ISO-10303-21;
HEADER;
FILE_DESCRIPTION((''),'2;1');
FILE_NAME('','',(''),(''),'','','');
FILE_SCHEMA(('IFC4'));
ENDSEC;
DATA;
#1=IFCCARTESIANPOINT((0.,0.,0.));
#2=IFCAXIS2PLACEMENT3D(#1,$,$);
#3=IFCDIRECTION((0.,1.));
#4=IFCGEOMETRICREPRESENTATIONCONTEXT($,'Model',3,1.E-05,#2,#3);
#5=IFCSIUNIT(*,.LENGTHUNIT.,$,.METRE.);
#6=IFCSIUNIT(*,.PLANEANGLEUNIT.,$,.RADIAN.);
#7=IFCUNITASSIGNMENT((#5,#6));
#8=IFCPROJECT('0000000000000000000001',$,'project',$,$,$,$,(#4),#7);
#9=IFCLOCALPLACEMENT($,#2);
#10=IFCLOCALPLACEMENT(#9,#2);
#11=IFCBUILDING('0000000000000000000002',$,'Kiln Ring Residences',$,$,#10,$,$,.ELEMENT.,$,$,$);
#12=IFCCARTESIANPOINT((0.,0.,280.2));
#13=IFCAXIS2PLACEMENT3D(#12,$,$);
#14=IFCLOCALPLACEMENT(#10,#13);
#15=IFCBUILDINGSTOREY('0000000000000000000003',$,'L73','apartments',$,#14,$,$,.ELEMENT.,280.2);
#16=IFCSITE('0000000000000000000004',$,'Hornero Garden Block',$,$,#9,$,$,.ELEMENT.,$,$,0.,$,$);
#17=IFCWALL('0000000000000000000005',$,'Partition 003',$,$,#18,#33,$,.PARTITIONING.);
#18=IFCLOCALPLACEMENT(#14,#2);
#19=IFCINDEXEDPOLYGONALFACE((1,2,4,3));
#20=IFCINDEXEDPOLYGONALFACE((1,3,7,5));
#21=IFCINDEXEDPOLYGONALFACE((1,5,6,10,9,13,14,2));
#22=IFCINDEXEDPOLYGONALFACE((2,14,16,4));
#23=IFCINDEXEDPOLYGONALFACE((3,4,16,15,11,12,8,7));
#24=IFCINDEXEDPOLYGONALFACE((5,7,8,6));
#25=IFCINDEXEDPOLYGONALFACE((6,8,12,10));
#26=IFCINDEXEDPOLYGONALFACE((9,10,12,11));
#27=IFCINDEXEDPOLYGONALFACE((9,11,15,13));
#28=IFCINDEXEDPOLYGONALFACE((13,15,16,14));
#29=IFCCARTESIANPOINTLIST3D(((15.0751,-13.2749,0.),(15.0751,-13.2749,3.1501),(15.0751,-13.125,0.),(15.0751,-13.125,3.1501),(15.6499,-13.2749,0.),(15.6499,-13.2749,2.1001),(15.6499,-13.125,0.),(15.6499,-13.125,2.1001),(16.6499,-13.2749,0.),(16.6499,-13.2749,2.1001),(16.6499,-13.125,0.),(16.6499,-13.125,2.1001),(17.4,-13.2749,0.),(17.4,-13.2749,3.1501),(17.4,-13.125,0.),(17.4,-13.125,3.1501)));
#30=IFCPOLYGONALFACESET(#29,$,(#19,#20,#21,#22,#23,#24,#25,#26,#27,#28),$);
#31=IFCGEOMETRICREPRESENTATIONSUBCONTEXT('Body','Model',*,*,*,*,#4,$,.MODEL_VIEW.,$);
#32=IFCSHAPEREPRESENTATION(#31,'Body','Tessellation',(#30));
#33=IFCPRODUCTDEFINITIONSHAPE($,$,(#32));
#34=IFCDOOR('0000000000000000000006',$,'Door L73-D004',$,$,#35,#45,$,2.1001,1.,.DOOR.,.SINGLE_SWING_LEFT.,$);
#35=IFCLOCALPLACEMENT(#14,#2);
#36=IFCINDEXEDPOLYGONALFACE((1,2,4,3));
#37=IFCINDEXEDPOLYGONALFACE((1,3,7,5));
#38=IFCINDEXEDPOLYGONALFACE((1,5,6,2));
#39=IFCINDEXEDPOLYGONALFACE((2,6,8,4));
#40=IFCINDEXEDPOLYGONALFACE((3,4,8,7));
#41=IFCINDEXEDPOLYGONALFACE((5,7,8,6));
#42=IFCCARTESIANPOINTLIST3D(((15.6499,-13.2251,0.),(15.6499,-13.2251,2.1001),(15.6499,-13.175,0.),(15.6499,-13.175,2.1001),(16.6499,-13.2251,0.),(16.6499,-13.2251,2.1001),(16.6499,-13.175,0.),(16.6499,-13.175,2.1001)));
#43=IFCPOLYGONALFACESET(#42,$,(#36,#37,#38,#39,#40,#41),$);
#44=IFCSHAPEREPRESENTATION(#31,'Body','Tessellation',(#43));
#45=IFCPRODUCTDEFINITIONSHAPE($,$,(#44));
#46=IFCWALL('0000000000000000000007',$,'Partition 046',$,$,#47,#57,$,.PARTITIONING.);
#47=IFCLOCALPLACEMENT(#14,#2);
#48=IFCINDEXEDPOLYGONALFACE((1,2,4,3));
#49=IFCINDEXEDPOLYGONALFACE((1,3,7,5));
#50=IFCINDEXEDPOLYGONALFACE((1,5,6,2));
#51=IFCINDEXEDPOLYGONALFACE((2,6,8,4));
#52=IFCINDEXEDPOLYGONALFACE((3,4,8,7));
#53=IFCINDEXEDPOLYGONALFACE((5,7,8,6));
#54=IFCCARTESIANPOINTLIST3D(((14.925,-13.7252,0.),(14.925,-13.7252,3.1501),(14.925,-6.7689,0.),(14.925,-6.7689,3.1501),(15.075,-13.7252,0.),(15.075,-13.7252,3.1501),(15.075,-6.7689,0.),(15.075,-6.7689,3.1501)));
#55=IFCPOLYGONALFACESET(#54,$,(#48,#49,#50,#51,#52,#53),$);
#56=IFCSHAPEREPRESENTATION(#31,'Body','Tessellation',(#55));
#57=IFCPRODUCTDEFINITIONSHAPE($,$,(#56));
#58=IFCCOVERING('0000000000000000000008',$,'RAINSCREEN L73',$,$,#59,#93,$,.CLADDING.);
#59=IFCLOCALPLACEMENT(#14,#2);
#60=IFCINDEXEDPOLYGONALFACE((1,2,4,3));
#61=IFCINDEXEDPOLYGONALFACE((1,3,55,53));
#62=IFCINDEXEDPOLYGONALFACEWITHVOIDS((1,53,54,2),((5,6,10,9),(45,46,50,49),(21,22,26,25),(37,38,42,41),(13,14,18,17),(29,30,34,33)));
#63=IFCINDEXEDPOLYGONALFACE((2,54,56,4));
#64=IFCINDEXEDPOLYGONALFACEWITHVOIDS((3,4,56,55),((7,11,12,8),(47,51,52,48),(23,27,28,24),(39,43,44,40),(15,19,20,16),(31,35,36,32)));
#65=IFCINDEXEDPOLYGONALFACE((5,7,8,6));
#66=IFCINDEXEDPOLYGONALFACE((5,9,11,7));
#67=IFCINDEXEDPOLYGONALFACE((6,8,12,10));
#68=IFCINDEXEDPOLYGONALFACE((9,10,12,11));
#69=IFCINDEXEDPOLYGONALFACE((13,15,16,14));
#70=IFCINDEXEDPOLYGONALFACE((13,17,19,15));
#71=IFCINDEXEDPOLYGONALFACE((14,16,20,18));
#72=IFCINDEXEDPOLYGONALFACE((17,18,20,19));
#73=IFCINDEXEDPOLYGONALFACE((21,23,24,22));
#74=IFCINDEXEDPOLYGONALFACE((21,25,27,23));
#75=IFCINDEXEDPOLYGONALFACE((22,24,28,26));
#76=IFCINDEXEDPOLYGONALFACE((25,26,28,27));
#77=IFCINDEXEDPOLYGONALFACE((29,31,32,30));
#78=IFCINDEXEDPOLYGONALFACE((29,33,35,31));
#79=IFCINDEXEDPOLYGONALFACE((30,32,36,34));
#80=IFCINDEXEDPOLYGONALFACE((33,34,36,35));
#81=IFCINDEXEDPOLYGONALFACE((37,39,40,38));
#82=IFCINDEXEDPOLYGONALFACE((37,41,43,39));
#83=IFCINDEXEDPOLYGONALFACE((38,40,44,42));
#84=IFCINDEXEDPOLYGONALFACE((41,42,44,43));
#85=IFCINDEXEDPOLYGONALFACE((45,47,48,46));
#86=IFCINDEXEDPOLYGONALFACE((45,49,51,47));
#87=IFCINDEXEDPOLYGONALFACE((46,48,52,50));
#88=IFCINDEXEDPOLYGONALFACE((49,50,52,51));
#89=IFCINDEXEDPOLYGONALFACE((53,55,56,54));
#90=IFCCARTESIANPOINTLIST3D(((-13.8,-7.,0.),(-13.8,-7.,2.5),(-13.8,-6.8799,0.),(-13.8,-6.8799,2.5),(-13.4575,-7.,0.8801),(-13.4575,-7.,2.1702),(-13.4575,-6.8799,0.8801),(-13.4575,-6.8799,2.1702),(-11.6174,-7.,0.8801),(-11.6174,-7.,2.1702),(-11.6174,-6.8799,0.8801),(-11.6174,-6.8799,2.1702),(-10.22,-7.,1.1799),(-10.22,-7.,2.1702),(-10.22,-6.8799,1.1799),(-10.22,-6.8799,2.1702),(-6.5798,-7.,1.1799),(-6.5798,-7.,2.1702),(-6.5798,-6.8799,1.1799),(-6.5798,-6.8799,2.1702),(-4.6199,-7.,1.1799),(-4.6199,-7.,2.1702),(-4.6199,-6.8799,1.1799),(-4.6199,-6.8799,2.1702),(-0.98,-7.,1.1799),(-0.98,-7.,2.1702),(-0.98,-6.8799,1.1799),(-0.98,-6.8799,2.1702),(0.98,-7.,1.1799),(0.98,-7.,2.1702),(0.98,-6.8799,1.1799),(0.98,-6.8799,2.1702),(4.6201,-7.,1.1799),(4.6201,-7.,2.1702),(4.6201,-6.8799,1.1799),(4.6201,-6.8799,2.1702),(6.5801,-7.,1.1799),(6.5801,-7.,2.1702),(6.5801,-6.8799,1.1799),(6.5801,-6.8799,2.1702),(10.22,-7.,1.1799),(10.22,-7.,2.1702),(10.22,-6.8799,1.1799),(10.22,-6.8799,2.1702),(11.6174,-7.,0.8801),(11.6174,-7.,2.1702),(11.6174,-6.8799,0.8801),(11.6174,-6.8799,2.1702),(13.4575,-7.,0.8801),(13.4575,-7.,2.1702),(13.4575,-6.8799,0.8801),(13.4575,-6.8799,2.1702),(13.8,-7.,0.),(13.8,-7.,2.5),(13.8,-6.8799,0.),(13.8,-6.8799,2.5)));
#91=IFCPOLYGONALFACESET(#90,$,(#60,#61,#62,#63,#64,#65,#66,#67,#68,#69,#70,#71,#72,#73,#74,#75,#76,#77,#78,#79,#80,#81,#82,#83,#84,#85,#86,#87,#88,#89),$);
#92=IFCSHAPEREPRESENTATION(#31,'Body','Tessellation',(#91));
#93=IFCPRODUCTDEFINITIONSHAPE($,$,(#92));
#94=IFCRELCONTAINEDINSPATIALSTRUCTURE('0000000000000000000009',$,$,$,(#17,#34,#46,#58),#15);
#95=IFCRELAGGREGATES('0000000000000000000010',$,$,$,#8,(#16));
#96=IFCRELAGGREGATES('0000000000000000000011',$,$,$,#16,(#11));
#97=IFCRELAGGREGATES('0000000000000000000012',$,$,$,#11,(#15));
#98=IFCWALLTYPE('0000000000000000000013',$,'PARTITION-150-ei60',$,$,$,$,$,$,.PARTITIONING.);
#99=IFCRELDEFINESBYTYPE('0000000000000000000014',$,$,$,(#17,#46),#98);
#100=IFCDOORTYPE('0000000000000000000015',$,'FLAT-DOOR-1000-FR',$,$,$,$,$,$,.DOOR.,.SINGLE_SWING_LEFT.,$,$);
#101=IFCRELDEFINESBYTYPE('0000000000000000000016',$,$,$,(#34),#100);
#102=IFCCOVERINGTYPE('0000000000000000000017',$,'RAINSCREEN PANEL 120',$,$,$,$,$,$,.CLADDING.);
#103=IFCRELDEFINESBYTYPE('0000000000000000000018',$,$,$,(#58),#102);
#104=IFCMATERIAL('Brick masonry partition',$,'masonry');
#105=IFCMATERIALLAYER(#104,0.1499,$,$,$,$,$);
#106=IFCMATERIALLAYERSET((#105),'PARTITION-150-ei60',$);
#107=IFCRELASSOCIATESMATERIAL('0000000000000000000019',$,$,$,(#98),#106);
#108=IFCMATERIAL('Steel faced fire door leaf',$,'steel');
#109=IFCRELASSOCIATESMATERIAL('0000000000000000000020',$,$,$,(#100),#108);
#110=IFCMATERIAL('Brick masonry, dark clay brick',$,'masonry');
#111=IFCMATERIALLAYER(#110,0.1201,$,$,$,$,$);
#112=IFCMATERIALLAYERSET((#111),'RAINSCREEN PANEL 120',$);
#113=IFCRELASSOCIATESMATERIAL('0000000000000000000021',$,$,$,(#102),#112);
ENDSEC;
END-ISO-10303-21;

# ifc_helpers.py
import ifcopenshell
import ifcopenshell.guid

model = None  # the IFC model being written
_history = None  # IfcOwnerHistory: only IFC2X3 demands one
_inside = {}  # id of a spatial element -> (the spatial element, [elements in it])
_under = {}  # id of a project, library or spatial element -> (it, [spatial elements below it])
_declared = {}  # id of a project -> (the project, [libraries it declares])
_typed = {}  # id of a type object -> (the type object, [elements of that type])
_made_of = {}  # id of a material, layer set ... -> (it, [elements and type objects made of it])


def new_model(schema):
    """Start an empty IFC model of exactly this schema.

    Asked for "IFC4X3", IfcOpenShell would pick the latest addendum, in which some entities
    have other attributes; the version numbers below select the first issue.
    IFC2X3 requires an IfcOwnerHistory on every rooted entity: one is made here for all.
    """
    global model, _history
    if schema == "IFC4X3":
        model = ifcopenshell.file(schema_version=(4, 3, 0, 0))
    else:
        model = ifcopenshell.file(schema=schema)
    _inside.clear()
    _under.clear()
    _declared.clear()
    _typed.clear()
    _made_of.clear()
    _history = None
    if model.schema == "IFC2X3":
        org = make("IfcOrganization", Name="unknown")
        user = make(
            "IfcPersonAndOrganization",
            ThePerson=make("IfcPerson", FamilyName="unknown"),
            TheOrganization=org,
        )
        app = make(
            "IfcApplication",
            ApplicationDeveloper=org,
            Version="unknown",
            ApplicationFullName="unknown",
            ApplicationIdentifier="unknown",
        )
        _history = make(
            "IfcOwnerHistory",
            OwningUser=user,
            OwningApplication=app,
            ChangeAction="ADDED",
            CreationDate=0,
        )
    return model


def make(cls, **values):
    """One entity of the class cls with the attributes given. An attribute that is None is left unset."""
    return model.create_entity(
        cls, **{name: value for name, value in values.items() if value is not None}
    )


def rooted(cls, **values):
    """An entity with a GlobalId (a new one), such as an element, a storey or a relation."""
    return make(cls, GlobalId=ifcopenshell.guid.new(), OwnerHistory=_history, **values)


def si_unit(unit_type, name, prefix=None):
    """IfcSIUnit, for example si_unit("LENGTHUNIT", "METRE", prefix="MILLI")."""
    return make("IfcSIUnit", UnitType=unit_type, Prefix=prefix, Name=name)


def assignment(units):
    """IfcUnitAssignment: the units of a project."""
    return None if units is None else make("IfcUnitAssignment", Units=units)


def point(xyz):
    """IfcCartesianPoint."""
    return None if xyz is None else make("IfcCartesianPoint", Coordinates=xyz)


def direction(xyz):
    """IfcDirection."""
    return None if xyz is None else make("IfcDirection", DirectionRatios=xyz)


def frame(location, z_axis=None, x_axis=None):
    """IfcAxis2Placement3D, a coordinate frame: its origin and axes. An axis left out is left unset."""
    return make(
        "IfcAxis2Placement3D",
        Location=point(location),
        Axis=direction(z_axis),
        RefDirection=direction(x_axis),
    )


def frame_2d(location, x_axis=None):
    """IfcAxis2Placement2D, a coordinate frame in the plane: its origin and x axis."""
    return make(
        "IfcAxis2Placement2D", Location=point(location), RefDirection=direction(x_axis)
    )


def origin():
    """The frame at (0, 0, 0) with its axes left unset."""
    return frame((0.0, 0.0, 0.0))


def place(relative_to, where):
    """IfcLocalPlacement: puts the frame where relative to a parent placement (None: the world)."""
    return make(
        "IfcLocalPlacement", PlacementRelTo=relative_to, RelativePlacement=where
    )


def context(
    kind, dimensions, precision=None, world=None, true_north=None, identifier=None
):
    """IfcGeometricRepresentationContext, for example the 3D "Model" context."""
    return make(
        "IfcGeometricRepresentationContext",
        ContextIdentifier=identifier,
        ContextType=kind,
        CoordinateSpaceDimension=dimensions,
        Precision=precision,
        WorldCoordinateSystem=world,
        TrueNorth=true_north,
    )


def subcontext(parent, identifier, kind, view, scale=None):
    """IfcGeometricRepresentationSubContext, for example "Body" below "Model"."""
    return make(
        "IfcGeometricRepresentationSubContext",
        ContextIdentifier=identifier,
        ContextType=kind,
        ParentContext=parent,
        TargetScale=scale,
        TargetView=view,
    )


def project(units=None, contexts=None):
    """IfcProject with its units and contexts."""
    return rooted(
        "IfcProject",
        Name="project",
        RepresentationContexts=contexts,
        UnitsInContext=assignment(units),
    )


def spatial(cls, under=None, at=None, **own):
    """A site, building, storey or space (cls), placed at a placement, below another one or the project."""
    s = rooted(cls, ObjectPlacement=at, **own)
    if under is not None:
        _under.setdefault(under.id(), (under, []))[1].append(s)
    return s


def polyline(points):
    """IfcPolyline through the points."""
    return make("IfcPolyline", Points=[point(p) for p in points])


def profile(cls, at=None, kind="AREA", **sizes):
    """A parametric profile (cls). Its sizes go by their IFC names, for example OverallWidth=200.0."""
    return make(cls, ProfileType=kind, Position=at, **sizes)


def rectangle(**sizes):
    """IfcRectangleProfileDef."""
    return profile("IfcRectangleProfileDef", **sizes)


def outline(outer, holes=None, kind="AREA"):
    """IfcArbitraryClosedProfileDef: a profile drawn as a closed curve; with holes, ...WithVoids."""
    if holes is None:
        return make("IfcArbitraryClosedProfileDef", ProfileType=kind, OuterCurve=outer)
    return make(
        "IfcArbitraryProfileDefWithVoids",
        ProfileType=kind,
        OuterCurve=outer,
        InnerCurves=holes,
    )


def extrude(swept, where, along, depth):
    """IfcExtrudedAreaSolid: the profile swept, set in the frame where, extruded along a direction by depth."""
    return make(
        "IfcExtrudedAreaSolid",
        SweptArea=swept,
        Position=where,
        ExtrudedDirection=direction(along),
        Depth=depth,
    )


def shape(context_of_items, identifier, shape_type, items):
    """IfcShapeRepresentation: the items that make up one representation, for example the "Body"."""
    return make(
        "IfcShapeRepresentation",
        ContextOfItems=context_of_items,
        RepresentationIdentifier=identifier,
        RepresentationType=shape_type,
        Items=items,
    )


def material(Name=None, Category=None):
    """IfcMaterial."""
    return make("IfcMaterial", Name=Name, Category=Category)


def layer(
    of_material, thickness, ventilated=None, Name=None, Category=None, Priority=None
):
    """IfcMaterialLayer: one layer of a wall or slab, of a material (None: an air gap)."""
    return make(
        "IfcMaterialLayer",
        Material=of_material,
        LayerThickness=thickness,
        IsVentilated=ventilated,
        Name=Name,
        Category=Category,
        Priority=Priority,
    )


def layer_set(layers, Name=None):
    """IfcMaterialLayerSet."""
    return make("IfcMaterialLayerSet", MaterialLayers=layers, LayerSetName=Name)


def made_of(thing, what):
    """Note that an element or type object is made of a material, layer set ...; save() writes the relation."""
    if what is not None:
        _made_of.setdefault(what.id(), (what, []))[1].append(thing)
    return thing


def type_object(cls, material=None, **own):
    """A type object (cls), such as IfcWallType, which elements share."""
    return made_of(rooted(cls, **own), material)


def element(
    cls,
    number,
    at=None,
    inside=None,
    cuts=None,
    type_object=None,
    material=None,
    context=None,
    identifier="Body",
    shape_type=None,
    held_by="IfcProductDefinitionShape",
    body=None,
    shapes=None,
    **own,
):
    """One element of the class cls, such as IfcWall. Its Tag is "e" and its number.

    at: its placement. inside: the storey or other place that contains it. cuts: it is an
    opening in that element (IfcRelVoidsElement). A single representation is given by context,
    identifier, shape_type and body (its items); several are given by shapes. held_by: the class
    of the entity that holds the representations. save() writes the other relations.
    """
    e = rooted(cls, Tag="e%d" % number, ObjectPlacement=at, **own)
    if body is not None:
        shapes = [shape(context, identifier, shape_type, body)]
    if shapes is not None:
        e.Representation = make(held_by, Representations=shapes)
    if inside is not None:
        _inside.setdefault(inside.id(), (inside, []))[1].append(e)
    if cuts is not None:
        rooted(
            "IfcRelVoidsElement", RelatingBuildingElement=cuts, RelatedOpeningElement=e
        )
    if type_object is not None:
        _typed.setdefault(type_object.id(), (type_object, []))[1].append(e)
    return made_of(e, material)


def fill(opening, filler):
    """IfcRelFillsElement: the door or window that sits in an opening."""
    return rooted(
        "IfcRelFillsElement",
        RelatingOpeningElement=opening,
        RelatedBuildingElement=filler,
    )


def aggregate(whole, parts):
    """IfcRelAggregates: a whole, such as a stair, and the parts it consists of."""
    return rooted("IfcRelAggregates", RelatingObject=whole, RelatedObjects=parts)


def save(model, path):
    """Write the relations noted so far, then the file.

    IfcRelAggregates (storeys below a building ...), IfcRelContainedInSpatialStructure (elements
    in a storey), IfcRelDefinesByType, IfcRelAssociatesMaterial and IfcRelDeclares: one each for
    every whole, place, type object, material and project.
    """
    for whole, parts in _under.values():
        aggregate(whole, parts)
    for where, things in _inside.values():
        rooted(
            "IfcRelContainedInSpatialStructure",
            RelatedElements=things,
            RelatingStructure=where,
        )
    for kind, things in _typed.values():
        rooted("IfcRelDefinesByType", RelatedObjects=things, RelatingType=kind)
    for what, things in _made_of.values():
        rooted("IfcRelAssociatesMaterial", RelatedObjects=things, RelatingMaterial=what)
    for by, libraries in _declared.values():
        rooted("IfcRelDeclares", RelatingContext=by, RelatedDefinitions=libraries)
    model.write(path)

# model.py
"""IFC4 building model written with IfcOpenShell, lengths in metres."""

from ifc_helpers import new_model, si_unit, direction, frame, frame_2d, origin, place, context, subcontext, project, spatial, polyline, rectangle, outline, extrude, material, layer, layer_set, type_object, element, fill, save


model = new_model("IFC4")

# Units and contexts
model_context = context("Model", 3, precision=1e-05, world=origin(), true_north=direction((0.0, 1.0)))
body_context = subcontext(model_context, "Body", "Model", "MODEL_VIEW")
ifc_project = project(units=[si_unit("LENGTHUNIT", "METRE"), si_unit("PLANEANGLEUNIT", "RADIAN")], contexts=[model_context])

# Site, building, storey
site_placement = place(None, origin())
site = spatial("IfcSite", under=ifc_project, at=site_placement, Name="Hornero Garden Block", CompositionType="ELEMENT", RefElevation=0.0)
building_placement = place(site_placement, origin())
building = spatial("IfcBuilding", under=site, at=building_placement, Name="Kiln Ring Residences", CompositionType="ELEMENT")
storey_placement = place(building_placement, frame((0.0, 0.0, 280.2)))
storey = spatial("IfcBuildingStorey", under=building, at=storey_placement, Name="L73", Description="apartments", CompositionType="ELEMENT", Elevation=280.2)

# Wall, opening, door
ifc_material_1 = material(Name="Brick masonry partition", Category="masonry")
ifc_layer_1 = layer(ifc_material_1, 0.1499)
ifc_layer_set_1 = layer_set([ifc_layer_1], Name="PARTITION-150-ei60")
wall_type_1 = type_object("IfcWallType", Name="PARTITION-150-ei60", PredefinedType="PARTITIONING", material=ifc_layer_set_1)
wall_1_placement = place(storey_placement, frame((15.075, -13.2, 0.0), z_axis=(0.0, 0.0, 1.0), x_axis=(1.0, 0.0, 0.0)))
wall_1 = element("IfcWall", 1, at=wall_1_placement, inside=storey, type_object=wall_type_1, Name="Partition 003", PredefinedType="PARTITIONING", context=body_context, shape_type="SweptSolid", body=[
    extrude(rectangle(XDim=2.325, YDim=0.1499, at=frame_2d((1.1626, 0.0))), origin(), (0.0, 0.0, 1.0), 3.1501),
])
opening_1_placement = place(wall_1_placement, frame((0.575, 0.0, 0.0)))
opening_1 = element("IfcOpeningElement", 2, at=opening_1_placement, cuts=wall_1, PredefinedType="OPENING", context=body_context, shape_type="SweptSolid", body=[
    extrude(rectangle(XDim=1.0, YDim=2.1001, at=frame_2d((0.5, 1.05))), frame((0.0, 0.085, 0.0), z_axis=(0.0, -1.0, 0.0), x_axis=(1.0, 0.0, 0.0)), (0.0, 0.0, 1.0), 0.1699),
])
ifc_material_2 = material(Name="Steel faced fire door leaf", Category="steel")
door_type_1 = type_object("IfcDoorType", Name="FLAT-DOOR-1000-FR", OperationType="SINGLE_SWING_LEFT", PredefinedType="DOOR", material=ifc_material_2)
door_1_placement = place(opening_1_placement, origin())
door_1 = element("IfcDoor", 3, at=door_1_placement, inside=storey, type_object=door_type_1, Name="Door L73-D004", OperationType="SINGLE_SWING_LEFT", OverallHeight=2.1001, OverallWidth=1.0, PredefinedType="DOOR", context=body_context, shape_type="SweptSolid", body=[
    extrude(rectangle(XDim=1.0, YDim=2.1001, at=frame_2d((0.5, 1.05))), frame((0.0, 0.0249, 0.0), z_axis=(0.0, -1.0, 0.0), x_axis=(1.0, 0.0, 0.0)), (0.0, 0.0, 1.0), 0.05),
])
fill(opening_1, door_1)

# Wall
wall_2_placement = place(storey_placement, frame((15.0, -13.7251, 0.0), z_axis=(0.0, 0.0, 1.0), x_axis=(0.0, 1.0, 0.0)))
element("IfcWall", 4, at=wall_2_placement, inside=storey, type_object=wall_type_1, Name="Partition 046", PredefinedType="PARTITIONING", context=body_context, shape_type="SweptSolid", body=[
    extrude(rectangle(XDim=6.9563, YDim=0.1499, at=frame_2d((3.478, 0.0))), origin(), (0.0, 0.0, 1.0), 3.1501),
])

# Covering
ifc_material_3 = material(Name="Brick masonry, dark clay brick", Category="masonry")
ifc_layer_2 = layer(ifc_material_3, 0.1201)
ifc_layer_set_2 = layer_set([ifc_layer_2], Name="RAINSCREEN PANEL 120")
covering_type = type_object("IfcCoveringType", Name="RAINSCREEN PANEL 120", PredefinedType="CLADDING", material=ifc_layer_set_2)
covering_placement = place(storey_placement, frame((13.8, -6.9399, 0.0), z_axis=(0.0, 0.0, 1.0), x_axis=(-1.0, 0.0, 0.0)))
element("IfcCovering", 5, at=covering_placement, inside=storey, type_object=covering_type, Name="RAINSCREEN L73", PredefinedType="CLADDING", context=body_context, shape_type="SweptSolid", body=[
    extrude(outline(polyline([(0.0, 0.0), (27.6001, 0.0), (27.6001, 2.5), (0.0, 2.5), (0.0, 0.0)]), holes=[polyline([(2.1826, 0.8801), (2.1826, 2.1702), (0.3425, 2.1702), (0.3425, 0.8801), (2.1826, 0.8801)]), polyline([(25.4175, 0.8801), (27.2576, 0.8801), (27.2576, 2.1702), (25.4175, 2.1702), (25.4175, 0.8801)]), polyline([(3.5801, 1.1799), (7.22, 1.1799), (7.22, 2.1702), (3.5801, 2.1702), (3.5801, 1.1799)]), polyline([(12.8201, 1.1799), (12.8201, 2.1702), (9.1799, 2.1702), (9.1799, 1.1799), (12.8201, 1.1799)]), polyline([(14.78, 1.1799), (18.4199, 1.1799), (18.4199, 2.1702), (14.78, 2.1702), (14.78, 1.1799)]), polyline([(20.3799, 1.1799), (24.02, 1.1799), (24.02, 2.1702), (20.3799, 2.1702), (20.3799, 1.1799)])]), frame((0.0, 0.0601, 0.0), z_axis=(0.0, -1.0, 0.0), x_axis=(1.0, 0.0, 0.0)), (0.0, 0.0, 1.0), 0.1201),
])

save(model, "model.ifc")
